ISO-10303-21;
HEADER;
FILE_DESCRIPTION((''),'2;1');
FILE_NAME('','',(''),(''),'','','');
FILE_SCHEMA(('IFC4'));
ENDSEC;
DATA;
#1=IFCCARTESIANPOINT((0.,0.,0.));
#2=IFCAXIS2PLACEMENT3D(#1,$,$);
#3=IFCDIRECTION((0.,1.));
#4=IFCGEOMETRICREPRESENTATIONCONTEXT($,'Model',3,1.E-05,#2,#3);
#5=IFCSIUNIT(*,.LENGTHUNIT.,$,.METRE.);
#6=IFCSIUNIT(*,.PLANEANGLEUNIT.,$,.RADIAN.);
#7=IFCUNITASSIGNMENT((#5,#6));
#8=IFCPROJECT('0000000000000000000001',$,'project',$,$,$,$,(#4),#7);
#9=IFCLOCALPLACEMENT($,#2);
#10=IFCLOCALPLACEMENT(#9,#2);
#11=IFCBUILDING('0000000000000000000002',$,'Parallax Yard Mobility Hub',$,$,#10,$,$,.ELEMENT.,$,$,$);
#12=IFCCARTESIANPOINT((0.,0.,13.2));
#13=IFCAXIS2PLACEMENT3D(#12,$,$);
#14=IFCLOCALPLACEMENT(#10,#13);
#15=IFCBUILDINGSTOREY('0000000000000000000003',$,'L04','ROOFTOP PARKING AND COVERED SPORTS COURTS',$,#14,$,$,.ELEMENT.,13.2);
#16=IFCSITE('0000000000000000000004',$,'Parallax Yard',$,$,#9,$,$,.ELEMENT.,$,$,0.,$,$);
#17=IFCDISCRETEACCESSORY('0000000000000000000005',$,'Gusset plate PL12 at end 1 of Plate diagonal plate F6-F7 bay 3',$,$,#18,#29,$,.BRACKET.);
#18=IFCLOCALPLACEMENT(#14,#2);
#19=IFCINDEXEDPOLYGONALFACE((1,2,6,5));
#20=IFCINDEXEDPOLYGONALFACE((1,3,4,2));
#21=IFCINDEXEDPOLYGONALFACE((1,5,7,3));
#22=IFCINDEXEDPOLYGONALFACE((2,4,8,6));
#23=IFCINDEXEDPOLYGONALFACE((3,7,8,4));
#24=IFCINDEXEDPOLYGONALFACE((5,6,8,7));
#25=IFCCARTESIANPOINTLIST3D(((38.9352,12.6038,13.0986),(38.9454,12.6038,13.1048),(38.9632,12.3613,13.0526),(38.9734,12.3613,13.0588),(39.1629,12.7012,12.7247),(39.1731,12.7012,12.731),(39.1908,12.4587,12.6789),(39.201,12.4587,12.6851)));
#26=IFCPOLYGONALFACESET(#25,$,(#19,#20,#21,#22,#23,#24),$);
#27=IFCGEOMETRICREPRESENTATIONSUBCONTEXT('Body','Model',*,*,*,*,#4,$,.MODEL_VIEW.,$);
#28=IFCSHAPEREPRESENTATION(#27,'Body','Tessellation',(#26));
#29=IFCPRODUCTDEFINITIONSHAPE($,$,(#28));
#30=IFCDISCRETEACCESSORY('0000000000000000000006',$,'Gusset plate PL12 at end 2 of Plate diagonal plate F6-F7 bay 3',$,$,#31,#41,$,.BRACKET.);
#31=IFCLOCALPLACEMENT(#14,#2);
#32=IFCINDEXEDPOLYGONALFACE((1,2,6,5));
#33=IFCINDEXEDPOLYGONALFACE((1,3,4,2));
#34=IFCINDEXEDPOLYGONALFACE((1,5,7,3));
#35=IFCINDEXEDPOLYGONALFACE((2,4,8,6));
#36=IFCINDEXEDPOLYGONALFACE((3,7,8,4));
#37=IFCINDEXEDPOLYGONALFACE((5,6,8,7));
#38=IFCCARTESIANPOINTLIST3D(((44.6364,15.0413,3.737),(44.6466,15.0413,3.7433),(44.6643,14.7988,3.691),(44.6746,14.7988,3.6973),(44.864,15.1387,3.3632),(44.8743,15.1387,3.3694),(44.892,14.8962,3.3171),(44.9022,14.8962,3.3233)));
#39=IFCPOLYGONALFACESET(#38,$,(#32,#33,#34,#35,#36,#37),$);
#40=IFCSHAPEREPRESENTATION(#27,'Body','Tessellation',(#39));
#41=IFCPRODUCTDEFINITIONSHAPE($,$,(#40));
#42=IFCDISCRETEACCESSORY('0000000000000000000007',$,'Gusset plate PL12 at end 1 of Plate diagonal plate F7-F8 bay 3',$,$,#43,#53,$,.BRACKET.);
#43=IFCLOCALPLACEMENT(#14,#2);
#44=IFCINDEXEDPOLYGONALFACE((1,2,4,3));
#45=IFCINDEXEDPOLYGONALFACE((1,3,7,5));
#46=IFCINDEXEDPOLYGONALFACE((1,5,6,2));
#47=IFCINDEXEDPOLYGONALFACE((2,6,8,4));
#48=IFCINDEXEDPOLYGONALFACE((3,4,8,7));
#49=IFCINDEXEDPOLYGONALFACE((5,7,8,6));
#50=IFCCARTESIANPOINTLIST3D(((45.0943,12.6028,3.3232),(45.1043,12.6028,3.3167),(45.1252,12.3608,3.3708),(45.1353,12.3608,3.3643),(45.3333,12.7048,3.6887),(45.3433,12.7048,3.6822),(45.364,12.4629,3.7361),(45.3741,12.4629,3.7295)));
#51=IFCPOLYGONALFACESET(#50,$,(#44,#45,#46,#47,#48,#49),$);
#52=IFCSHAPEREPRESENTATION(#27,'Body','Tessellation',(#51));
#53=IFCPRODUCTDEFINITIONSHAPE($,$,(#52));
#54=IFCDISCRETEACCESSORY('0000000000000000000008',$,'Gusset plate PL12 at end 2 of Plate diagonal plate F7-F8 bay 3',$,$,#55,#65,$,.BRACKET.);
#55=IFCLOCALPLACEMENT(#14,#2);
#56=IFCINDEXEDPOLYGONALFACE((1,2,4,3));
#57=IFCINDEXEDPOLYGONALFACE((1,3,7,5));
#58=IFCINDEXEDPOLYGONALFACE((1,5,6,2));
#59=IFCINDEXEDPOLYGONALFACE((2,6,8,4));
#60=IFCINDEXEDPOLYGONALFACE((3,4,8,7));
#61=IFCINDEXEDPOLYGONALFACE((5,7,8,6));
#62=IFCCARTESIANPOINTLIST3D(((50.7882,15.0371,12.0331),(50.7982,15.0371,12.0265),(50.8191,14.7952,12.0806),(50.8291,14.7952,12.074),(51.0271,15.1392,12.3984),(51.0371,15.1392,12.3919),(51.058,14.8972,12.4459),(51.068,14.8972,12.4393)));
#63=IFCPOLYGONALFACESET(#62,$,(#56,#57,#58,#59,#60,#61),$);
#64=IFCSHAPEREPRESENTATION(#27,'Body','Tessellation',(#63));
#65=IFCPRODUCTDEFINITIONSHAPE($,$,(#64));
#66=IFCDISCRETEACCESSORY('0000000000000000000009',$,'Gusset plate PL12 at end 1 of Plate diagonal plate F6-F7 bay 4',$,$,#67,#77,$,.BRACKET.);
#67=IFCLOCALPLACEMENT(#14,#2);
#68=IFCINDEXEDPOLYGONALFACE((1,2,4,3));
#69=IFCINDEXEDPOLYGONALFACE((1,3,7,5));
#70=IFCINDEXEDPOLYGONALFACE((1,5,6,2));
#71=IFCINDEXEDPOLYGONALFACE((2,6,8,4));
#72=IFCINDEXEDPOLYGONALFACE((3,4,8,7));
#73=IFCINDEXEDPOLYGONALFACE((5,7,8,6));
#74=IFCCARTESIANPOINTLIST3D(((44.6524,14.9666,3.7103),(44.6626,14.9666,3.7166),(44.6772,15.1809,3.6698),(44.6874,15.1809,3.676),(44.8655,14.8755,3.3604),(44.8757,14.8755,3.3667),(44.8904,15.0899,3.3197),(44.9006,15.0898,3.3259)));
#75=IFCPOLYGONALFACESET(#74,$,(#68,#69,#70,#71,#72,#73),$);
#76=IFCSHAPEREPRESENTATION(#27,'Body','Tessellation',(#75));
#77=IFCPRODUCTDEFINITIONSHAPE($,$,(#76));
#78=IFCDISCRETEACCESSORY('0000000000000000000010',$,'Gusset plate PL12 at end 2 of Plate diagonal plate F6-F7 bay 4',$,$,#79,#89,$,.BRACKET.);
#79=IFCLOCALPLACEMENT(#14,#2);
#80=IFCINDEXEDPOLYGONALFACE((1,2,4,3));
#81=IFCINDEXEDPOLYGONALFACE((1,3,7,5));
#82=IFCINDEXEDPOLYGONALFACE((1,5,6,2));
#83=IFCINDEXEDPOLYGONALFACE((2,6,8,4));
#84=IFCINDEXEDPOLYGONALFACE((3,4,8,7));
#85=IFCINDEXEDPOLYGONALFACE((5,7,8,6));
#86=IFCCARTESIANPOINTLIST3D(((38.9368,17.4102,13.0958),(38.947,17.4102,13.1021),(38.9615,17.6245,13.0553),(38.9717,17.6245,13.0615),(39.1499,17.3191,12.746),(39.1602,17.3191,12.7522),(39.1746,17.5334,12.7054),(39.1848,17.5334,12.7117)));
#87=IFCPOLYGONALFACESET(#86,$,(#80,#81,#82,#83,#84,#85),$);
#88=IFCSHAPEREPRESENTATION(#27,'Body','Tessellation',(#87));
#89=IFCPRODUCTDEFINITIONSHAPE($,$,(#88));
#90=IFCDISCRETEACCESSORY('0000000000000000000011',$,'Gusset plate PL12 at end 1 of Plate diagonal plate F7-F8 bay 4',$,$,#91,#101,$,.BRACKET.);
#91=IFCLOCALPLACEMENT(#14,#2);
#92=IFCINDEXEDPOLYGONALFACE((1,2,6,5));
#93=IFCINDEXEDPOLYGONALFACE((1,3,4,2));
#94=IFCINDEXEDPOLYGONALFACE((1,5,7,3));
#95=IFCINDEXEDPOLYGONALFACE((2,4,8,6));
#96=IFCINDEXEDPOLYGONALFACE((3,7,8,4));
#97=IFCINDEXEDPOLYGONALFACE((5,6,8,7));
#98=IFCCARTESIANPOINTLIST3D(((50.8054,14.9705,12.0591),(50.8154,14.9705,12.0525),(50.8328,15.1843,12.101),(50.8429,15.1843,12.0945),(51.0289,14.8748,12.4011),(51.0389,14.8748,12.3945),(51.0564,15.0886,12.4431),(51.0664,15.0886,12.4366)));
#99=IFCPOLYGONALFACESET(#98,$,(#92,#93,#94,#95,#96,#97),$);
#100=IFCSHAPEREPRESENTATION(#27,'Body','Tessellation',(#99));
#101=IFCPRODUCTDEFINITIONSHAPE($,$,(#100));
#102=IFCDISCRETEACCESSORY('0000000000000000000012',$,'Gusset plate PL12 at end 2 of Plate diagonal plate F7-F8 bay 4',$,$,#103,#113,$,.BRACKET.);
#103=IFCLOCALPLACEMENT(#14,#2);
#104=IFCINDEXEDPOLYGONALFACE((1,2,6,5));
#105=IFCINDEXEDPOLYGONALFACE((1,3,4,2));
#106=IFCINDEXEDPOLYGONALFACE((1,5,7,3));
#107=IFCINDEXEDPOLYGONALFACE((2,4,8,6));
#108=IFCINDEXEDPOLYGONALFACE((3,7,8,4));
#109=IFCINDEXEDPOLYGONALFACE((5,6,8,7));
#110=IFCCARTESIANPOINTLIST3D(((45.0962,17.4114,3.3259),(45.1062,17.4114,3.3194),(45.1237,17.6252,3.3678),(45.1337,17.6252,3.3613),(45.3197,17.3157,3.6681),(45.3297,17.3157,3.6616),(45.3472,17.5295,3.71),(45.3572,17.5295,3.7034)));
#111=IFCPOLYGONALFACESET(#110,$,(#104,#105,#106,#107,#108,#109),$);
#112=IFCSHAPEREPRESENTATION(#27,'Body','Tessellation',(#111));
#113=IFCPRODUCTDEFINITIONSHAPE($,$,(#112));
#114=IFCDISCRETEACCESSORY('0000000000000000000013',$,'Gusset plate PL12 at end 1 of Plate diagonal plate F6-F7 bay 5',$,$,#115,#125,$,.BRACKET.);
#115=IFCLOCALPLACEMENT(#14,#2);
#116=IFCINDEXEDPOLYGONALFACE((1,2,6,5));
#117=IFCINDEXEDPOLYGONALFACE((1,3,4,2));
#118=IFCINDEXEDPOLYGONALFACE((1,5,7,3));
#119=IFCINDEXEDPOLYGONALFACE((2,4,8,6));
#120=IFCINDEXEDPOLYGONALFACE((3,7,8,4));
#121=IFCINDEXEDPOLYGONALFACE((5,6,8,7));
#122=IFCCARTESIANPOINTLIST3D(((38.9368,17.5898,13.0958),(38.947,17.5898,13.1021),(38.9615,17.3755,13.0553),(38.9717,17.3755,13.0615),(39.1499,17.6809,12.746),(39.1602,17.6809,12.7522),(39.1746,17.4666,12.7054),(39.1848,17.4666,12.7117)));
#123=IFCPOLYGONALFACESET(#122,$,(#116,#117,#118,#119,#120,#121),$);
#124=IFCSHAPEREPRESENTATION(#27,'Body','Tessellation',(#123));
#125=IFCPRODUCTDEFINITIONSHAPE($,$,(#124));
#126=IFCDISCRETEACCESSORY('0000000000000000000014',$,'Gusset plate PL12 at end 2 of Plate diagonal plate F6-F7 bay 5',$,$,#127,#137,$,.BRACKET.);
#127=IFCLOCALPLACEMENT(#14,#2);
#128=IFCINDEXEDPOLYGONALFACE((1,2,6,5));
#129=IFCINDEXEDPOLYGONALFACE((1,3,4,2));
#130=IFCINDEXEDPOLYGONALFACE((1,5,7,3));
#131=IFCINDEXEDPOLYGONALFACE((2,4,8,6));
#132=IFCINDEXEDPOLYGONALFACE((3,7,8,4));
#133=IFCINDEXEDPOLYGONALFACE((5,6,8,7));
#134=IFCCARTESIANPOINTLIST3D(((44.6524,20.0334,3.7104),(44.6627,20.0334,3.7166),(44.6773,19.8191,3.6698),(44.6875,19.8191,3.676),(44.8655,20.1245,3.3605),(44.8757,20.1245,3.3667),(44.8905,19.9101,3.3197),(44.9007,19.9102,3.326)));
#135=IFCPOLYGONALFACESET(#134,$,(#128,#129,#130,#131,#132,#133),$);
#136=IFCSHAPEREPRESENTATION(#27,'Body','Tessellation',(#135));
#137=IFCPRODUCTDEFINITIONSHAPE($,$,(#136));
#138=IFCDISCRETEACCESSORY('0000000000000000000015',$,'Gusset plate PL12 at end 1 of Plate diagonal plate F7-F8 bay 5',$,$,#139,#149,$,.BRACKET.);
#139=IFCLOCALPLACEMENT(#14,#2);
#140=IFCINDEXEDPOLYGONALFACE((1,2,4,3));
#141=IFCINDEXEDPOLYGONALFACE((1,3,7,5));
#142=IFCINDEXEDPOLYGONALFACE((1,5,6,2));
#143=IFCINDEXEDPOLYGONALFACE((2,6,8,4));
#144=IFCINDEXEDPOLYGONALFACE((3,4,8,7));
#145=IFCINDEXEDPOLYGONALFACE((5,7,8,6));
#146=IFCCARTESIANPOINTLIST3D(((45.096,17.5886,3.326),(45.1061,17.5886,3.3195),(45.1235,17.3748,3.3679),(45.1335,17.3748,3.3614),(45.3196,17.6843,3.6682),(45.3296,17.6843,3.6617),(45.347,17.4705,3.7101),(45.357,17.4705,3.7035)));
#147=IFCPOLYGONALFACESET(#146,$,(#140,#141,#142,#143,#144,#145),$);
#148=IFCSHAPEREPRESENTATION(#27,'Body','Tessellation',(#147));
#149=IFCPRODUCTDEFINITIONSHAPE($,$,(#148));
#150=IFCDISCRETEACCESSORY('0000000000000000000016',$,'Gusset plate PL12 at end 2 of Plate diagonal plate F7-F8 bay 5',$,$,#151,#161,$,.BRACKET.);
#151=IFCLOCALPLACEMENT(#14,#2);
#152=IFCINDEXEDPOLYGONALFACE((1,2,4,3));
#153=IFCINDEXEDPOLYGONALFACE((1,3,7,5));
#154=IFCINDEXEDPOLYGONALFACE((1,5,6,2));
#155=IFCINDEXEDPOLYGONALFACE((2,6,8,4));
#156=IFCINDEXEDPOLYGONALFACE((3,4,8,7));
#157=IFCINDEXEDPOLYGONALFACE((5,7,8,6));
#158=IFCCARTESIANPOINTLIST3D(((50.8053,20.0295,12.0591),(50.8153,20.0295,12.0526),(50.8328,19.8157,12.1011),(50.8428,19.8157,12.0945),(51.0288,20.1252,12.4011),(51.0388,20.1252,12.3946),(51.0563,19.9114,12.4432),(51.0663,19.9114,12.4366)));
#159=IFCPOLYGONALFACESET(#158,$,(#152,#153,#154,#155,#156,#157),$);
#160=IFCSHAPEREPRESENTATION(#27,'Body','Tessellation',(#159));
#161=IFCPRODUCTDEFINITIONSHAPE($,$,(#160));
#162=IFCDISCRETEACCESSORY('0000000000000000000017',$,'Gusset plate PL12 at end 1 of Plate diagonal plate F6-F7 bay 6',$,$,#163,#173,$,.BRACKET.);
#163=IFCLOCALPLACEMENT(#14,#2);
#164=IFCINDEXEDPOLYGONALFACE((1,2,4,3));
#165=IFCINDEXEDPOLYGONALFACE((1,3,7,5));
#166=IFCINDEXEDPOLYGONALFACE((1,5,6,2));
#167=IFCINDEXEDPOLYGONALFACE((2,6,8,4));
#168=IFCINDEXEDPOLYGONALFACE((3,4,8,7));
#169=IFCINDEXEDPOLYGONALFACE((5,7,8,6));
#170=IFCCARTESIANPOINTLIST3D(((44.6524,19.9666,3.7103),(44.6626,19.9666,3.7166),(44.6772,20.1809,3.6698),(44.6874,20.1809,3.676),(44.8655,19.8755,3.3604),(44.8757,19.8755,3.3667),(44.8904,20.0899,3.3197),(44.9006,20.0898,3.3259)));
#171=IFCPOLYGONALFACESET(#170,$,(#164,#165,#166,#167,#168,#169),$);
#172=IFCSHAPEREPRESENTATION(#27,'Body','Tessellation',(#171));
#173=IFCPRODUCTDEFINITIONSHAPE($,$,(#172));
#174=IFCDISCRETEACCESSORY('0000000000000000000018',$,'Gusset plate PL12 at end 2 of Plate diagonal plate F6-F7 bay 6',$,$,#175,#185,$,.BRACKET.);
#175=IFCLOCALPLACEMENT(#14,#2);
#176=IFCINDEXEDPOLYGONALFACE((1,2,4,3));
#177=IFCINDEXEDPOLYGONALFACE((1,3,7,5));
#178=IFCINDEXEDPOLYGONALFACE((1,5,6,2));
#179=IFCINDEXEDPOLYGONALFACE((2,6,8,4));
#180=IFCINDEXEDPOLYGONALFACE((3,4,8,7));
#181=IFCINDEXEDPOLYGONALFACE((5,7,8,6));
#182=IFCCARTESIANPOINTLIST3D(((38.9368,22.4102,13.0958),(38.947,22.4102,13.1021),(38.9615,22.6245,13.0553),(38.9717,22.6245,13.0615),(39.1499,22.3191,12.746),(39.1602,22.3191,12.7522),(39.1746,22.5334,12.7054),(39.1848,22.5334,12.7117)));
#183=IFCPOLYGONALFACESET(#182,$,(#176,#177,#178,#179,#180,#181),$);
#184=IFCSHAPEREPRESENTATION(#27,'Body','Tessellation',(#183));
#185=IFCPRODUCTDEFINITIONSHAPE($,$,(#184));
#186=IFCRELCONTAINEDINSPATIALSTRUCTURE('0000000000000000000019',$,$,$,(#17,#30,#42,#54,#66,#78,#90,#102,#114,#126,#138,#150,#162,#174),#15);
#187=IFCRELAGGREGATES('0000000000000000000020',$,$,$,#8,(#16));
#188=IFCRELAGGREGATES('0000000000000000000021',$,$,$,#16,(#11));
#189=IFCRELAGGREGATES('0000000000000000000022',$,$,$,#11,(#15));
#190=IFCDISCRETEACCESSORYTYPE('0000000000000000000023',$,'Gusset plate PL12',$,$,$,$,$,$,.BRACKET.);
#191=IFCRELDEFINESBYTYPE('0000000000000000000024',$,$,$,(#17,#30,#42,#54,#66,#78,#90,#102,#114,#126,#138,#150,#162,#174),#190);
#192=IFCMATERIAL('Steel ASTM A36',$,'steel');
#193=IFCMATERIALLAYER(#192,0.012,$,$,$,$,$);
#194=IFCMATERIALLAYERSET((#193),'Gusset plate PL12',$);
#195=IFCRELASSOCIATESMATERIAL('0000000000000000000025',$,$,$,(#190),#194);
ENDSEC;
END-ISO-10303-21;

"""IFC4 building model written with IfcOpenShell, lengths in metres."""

from ifc_helpers import new_model, si_unit, direction, frame, origin, place, context, subcontext, project, spatial, polyline, outline, extrude, material, layer, layer_set, type_object, element, save


model = new_model("IFC4")

# Units and contexts
model_context = context("Model", 3, precision=1e-05, world=origin(), true_north=direction((0.0, 1.0)))
body_context = subcontext(model_context, "Body", "Model", "MODEL_VIEW")
ifc_project = project(units=[si_unit("LENGTHUNIT", "METRE"), si_unit("PLANEANGLEUNIT", "RADIAN")], contexts=[model_context])

# Site, building, storey
site_placement = place(None, origin())
site = spatial("IfcSite", under=ifc_project, at=site_placement, Name="Parallax Yard", CompositionType="ELEMENT", RefElevation=0.0)
building_placement = place(site_placement, origin())
building = spatial("IfcBuilding", under=site, at=building_placement, Name="Parallax Yard Mobility Hub", CompositionType="ELEMENT")
storey_placement = place(building_placement, frame((0.0, 0.0, 13.2)))
storey = spatial("IfcBuildingStorey", under=building, at=storey_placement, Name="L04", Description="ROOFTOP PARKING AND COVERED SPORTS COURTS", CompositionType="ELEMENT", Elevation=13.2)

# Discrete accessories
ifc_material_1 = material(Name="Steel ASTM A36", Category="steel")
ifc_layer = layer(ifc_material_1, 0.012)
ifc_layer_set = layer_set([ifc_layer], Name="Gusset plate PL12")
discrete_accessory_type = type_object("IfcDiscreteAccessoryType", Name="Gusset plate PL12", PredefinedType="BRACKET", material=ifc_layer_set)
discrete_accessory_1_placement = place(storey_placement, frame((39.1731, 12.7012, 12.731), z_axis=(0.854054, -0.000006, 0.520185), x_axis=(-0.507764, -0.217232, 0.833658)))
element("IfcDiscreteAccessory", 1, at=discrete_accessory_1_placement, inside=storey, type_object=discrete_accessory_type, Name="Gusset plate PL12 at end 1 of Plate diagonal plate F6-F7 bay 3", PredefinedType="BRACKET", context=body_context, shape_type="SweptSolid", body=[
    extrude(outline(polyline([(0.0, 0.0), (0.4484, 0.0), (0.4486, 0.2483), (0.0003, 0.2483), (0.0, 0.0)])), origin(), (0.0, 0.0, -1.0), 0.012),
])
discrete_accessory_2_placement = place(storey_placement, frame((44.6746, 14.7988, 3.6973), z_axis=(0.854155, -0.000225, 0.520019), x_axis=(0.507647, 0.217193, -0.833739)))
element("IfcDiscreteAccessory", 2, at=discrete_accessory_2_placement, inside=storey, type_object=discrete_accessory_type, Name="Gusset plate PL12 at end 2 of Plate diagonal plate F6-F7 bay 3", PredefinedType="BRACKET", context=body_context, shape_type="SweptSolid", body=[
    extrude(outline(polyline([(0.0, 0.0), (0.4485, 0.0), (0.4486, 0.2483), (0.0001, 0.2483), (0.0, 0.0)])), origin(), (0.0, 0.0, -1.0), 0.012),
])
discrete_accessory_3_placement = place(storey_placement, frame((45.3333, 12.7048, 3.6887), z_axis=(-0.837034, 0.000541, 0.547151), x_axis=(-0.532899, -0.227558, -0.815006)))
element("IfcDiscreteAccessory", 3, at=discrete_accessory_3_placement, inside=storey, type_object=discrete_accessory_type, Name="Gusset plate PL12 at end 1 of Plate diagonal plate F7-F8 bay 3", PredefinedType="BRACKET", context=body_context, shape_type="SweptSolid", body=[
    extrude(outline(polyline([(0.0, 0.0), (0.4485, 0.0), (0.4482, 0.2485), (0.0001, 0.2484), (0.0, 0.0)])), origin(), (0.0, 0.0, -1.0), 0.012),
])
discrete_accessory_4_placement = place(storey_placement, frame((50.8191, 14.7952, 12.0806), z_axis=(-0.837034, 0.000541, 0.547151), x_axis=(0.532886, 0.227659, 0.814987)))
element("IfcDiscreteAccessory", 4, at=discrete_accessory_4_placement, inside=storey, type_object=discrete_accessory_type, Name="Gusset plate PL12 at end 2 of Plate diagonal plate F7-F8 bay 3", PredefinedType="BRACKET", context=body_context, shape_type="SweptSolid", body=[
    extrude(outline(polyline([(0.0, 0.0), (0.4483, 0.0), (0.4482, 0.2485), (-0.0001, 0.2485), (0.0, 0.0)])), origin(), (0.0, 0.0, -1.0), 0.012),
])
discrete_accessory_5_placement = place(storey_placement, frame((44.6626, 14.9666, 3.7166), z_axis=(0.854019, -0.000558, 0.520242), x_axis=(0.507743, -0.216994, -0.833733)))
element("IfcDiscreteAccessory", 5, at=discrete_accessory_5_placement, inside=storey, type_object=discrete_accessory_type, Name="Gusset plate PL12 at end 1 of Plate diagonal plate F6-F7 bay 4", PredefinedType="BRACKET", context=body_context, shape_type="SweptSolid", body=[
    extrude(outline(polyline([(0.0, 0.0), (0.4197, 0.0), (0.4198, 0.2196), (-0.0001, 0.2196), (0.0, 0.0)])), origin(), (0.0, 0.0, -1.0), 0.012),
])
discrete_accessory_6_placement = place(storey_placement, frame((39.1848, 17.5334, 12.7117), z_axis=(0.854017, 0.00012, 0.520246), x_axis=(-0.507872, 0.216994, 0.833654)))
element("IfcDiscreteAccessory", 6, at=discrete_accessory_6_placement, inside=storey, type_object=discrete_accessory_type, Name="Gusset plate PL12 at end 2 of Plate diagonal plate F6-F7 bay 4", PredefinedType="BRACKET", context=body_context, shape_type="SweptSolid", body=[
    extrude(outline(polyline([(0.0, 0.0), (0.4197, 0.0), (0.4195, 0.2195), (-0.0002, 0.2195), (0.0, 0.0)])), origin(), (0.0, 0.0, -1.0), 0.012),
])
discrete_accessory_7_placement = place(storey_placement, frame((50.8054, 14.9705, 12.0591), z_axis=(-0.837105, 0.000095, 0.547043), x_axis=(0.532605, -0.228089, 0.815051)))
element("IfcDiscreteAccessory", 7, at=discrete_accessory_7_placement, inside=storey, type_object=discrete_accessory_type, Name="Gusset plate PL12 at end 1 of Plate diagonal plate F7-F8 bay 4", PredefinedType="BRACKET", context=body_context, shape_type="SweptSolid", body=[
    extrude(outline(polyline([(0.0, 0.0), (0.4196, 0.0), (0.4197, 0.2197), (0.0, 0.2197), (0.0, 0.0)])), origin(), (0.0, 0.0, -1.0), 0.012),
])
discrete_accessory_8_placement = place(storey_placement, frame((45.3472, 17.5295, 3.71), z_axis=(-0.837152, 0.000427, 0.546971), x_axis=(-0.532481, 0.228018, -0.815152)))
element("IfcDiscreteAccessory", 8, at=discrete_accessory_8_placement, inside=storey, type_object=discrete_accessory_type, Name="Gusset plate PL12 at end 2 of Plate diagonal plate F7-F8 bay 4", PredefinedType="BRACKET", context=body_context, shape_type="SweptSolid", body=[
    extrude(outline(polyline([(0.0, 0.0), (0.4197, 0.0), (0.4197, 0.2197), (0.0, 0.2196), (0.0, 0.0)])), origin(), (0.0, 0.0, -1.0), 0.012),
])
discrete_accessory_9_placement = place(storey_placement, frame((39.1602, 17.6809, 12.7522), z_axis=(0.854017, -0.00012, 0.520246), x_axis=(-0.507872, -0.216994, 0.833654)))
element("IfcDiscreteAccessory", 9, at=discrete_accessory_9_placement, inside=storey, type_object=discrete_accessory_type, Name="Gusset plate PL12 at end 1 of Plate diagonal plate F6-F7 bay 5", PredefinedType="BRACKET", context=body_context, shape_type="SweptSolid", body=[
    extrude(outline(polyline([(0.0, 0.0), (0.4197, 0.0), (0.4199, 0.2195), (0.0002, 0.2195), (0.0, 0.0)])), origin(), (0.0, 0.0, -1.0), 0.012),
])
discrete_accessory_10_placement = place(storey_placement, frame((44.6875, 19.8191, 3.676), z_axis=(0.854019, 0.000558, 0.520242), x_axis=(0.507755, 0.216889, -0.833753)))
element("IfcDiscreteAccessory", 10, at=discrete_accessory_10_placement, inside=storey, type_object=discrete_accessory_type, Name="Gusset plate PL12 at end 2 of Plate diagonal plate F6-F7 bay 5", PredefinedType="BRACKET", context=body_context, shape_type="SweptSolid", body=[
    extrude(outline(polyline([(0.0, 0.0), (0.4199, 0.0), (0.4197, 0.2196), (0.0001, 0.2196), (0.0, 0.0)])), origin(), (0.0, 0.0, -1.0), 0.012),
])
discrete_accessory_11_placement = place(storey_placement, frame((45.3196, 17.6843, 3.6682), z_axis=(-0.837152, -0.000427, 0.546971), x_axis=(-0.532485, -0.227981, -0.815159)))
element("IfcDiscreteAccessory", 11, at=discrete_accessory_11_placement, inside=storey, type_object=discrete_accessory_type, Name="Gusset plate PL12 at end 1 of Plate diagonal plate F7-F8 bay 5", PredefinedType="BRACKET", context=body_context, shape_type="SweptSolid", body=[
    extrude(outline(polyline([(0.0, 0.0), (0.4198, 0.0), (0.4198, 0.2197), (0.0, 0.2196), (0.0, 0.0)])), origin(), (0.0, 0.0, -1.0), 0.012),
])
discrete_accessory_12_placement = place(storey_placement, frame((50.8328, 19.8157, 12.1011), z_axis=(-0.837105, -0.000095, 0.547043), x_axis=(0.532614, 0.228018, 0.815065)))
element("IfcDiscreteAccessory", 12, at=discrete_accessory_12_placement, inside=storey, type_object=discrete_accessory_type, Name="Gusset plate PL12 at end 2 of Plate diagonal plate F7-F8 bay 5", PredefinedType="BRACKET", context=body_context, shape_type="SweptSolid", body=[
    extrude(outline(polyline([(0.0, 0.0), (0.4197, 0.0), (0.4196, 0.2197), (0.0, 0.2197), (0.0, 0.0)])), origin(), (0.0, 0.0, -1.0), 0.012),
])
discrete_accessory_13_placement = place(storey_placement, frame((44.6626, 19.9666, 3.7166), z_axis=(0.854019, -0.000558, 0.520242), x_axis=(0.507743, -0.216994, -0.833733)))
element("IfcDiscreteAccessory", 13, at=discrete_accessory_13_placement, inside=storey, type_object=discrete_accessory_type, Name="Gusset plate PL12 at end 1 of Plate diagonal plate F6-F7 bay 6", PredefinedType="BRACKET", context=body_context, shape_type="SweptSolid", body=[
    extrude(outline(polyline([(0.0, 0.0), (0.4197, 0.0), (0.4198, 0.2196), (-0.0001, 0.2196), (0.0, 0.0)])), origin(), (0.0, 0.0, -1.0), 0.012),
])
discrete_accessory_14_placement = place(storey_placement, frame((39.1848, 22.5334, 12.7117), z_axis=(0.854017, 0.00012, 0.520246), x_axis=(-0.507872, 0.216994, 0.833654)))
element("IfcDiscreteAccessory", 14, at=discrete_accessory_14_placement, inside=storey, type_object=discrete_accessory_type, Name="Gusset plate PL12 at end 2 of Plate diagonal plate F6-F7 bay 6", PredefinedType="BRACKET", context=body_context, shape_type="SweptSolid", body=[
    extrude(outline(polyline([(0.0, 0.0), (0.4197, 0.0), (0.4195, 0.2195), (-0.0002, 0.2195), (0.0, 0.0)])), origin(), (0.0, 0.0, -1.0), 0.012),
])

save(model, "model.ifc")
